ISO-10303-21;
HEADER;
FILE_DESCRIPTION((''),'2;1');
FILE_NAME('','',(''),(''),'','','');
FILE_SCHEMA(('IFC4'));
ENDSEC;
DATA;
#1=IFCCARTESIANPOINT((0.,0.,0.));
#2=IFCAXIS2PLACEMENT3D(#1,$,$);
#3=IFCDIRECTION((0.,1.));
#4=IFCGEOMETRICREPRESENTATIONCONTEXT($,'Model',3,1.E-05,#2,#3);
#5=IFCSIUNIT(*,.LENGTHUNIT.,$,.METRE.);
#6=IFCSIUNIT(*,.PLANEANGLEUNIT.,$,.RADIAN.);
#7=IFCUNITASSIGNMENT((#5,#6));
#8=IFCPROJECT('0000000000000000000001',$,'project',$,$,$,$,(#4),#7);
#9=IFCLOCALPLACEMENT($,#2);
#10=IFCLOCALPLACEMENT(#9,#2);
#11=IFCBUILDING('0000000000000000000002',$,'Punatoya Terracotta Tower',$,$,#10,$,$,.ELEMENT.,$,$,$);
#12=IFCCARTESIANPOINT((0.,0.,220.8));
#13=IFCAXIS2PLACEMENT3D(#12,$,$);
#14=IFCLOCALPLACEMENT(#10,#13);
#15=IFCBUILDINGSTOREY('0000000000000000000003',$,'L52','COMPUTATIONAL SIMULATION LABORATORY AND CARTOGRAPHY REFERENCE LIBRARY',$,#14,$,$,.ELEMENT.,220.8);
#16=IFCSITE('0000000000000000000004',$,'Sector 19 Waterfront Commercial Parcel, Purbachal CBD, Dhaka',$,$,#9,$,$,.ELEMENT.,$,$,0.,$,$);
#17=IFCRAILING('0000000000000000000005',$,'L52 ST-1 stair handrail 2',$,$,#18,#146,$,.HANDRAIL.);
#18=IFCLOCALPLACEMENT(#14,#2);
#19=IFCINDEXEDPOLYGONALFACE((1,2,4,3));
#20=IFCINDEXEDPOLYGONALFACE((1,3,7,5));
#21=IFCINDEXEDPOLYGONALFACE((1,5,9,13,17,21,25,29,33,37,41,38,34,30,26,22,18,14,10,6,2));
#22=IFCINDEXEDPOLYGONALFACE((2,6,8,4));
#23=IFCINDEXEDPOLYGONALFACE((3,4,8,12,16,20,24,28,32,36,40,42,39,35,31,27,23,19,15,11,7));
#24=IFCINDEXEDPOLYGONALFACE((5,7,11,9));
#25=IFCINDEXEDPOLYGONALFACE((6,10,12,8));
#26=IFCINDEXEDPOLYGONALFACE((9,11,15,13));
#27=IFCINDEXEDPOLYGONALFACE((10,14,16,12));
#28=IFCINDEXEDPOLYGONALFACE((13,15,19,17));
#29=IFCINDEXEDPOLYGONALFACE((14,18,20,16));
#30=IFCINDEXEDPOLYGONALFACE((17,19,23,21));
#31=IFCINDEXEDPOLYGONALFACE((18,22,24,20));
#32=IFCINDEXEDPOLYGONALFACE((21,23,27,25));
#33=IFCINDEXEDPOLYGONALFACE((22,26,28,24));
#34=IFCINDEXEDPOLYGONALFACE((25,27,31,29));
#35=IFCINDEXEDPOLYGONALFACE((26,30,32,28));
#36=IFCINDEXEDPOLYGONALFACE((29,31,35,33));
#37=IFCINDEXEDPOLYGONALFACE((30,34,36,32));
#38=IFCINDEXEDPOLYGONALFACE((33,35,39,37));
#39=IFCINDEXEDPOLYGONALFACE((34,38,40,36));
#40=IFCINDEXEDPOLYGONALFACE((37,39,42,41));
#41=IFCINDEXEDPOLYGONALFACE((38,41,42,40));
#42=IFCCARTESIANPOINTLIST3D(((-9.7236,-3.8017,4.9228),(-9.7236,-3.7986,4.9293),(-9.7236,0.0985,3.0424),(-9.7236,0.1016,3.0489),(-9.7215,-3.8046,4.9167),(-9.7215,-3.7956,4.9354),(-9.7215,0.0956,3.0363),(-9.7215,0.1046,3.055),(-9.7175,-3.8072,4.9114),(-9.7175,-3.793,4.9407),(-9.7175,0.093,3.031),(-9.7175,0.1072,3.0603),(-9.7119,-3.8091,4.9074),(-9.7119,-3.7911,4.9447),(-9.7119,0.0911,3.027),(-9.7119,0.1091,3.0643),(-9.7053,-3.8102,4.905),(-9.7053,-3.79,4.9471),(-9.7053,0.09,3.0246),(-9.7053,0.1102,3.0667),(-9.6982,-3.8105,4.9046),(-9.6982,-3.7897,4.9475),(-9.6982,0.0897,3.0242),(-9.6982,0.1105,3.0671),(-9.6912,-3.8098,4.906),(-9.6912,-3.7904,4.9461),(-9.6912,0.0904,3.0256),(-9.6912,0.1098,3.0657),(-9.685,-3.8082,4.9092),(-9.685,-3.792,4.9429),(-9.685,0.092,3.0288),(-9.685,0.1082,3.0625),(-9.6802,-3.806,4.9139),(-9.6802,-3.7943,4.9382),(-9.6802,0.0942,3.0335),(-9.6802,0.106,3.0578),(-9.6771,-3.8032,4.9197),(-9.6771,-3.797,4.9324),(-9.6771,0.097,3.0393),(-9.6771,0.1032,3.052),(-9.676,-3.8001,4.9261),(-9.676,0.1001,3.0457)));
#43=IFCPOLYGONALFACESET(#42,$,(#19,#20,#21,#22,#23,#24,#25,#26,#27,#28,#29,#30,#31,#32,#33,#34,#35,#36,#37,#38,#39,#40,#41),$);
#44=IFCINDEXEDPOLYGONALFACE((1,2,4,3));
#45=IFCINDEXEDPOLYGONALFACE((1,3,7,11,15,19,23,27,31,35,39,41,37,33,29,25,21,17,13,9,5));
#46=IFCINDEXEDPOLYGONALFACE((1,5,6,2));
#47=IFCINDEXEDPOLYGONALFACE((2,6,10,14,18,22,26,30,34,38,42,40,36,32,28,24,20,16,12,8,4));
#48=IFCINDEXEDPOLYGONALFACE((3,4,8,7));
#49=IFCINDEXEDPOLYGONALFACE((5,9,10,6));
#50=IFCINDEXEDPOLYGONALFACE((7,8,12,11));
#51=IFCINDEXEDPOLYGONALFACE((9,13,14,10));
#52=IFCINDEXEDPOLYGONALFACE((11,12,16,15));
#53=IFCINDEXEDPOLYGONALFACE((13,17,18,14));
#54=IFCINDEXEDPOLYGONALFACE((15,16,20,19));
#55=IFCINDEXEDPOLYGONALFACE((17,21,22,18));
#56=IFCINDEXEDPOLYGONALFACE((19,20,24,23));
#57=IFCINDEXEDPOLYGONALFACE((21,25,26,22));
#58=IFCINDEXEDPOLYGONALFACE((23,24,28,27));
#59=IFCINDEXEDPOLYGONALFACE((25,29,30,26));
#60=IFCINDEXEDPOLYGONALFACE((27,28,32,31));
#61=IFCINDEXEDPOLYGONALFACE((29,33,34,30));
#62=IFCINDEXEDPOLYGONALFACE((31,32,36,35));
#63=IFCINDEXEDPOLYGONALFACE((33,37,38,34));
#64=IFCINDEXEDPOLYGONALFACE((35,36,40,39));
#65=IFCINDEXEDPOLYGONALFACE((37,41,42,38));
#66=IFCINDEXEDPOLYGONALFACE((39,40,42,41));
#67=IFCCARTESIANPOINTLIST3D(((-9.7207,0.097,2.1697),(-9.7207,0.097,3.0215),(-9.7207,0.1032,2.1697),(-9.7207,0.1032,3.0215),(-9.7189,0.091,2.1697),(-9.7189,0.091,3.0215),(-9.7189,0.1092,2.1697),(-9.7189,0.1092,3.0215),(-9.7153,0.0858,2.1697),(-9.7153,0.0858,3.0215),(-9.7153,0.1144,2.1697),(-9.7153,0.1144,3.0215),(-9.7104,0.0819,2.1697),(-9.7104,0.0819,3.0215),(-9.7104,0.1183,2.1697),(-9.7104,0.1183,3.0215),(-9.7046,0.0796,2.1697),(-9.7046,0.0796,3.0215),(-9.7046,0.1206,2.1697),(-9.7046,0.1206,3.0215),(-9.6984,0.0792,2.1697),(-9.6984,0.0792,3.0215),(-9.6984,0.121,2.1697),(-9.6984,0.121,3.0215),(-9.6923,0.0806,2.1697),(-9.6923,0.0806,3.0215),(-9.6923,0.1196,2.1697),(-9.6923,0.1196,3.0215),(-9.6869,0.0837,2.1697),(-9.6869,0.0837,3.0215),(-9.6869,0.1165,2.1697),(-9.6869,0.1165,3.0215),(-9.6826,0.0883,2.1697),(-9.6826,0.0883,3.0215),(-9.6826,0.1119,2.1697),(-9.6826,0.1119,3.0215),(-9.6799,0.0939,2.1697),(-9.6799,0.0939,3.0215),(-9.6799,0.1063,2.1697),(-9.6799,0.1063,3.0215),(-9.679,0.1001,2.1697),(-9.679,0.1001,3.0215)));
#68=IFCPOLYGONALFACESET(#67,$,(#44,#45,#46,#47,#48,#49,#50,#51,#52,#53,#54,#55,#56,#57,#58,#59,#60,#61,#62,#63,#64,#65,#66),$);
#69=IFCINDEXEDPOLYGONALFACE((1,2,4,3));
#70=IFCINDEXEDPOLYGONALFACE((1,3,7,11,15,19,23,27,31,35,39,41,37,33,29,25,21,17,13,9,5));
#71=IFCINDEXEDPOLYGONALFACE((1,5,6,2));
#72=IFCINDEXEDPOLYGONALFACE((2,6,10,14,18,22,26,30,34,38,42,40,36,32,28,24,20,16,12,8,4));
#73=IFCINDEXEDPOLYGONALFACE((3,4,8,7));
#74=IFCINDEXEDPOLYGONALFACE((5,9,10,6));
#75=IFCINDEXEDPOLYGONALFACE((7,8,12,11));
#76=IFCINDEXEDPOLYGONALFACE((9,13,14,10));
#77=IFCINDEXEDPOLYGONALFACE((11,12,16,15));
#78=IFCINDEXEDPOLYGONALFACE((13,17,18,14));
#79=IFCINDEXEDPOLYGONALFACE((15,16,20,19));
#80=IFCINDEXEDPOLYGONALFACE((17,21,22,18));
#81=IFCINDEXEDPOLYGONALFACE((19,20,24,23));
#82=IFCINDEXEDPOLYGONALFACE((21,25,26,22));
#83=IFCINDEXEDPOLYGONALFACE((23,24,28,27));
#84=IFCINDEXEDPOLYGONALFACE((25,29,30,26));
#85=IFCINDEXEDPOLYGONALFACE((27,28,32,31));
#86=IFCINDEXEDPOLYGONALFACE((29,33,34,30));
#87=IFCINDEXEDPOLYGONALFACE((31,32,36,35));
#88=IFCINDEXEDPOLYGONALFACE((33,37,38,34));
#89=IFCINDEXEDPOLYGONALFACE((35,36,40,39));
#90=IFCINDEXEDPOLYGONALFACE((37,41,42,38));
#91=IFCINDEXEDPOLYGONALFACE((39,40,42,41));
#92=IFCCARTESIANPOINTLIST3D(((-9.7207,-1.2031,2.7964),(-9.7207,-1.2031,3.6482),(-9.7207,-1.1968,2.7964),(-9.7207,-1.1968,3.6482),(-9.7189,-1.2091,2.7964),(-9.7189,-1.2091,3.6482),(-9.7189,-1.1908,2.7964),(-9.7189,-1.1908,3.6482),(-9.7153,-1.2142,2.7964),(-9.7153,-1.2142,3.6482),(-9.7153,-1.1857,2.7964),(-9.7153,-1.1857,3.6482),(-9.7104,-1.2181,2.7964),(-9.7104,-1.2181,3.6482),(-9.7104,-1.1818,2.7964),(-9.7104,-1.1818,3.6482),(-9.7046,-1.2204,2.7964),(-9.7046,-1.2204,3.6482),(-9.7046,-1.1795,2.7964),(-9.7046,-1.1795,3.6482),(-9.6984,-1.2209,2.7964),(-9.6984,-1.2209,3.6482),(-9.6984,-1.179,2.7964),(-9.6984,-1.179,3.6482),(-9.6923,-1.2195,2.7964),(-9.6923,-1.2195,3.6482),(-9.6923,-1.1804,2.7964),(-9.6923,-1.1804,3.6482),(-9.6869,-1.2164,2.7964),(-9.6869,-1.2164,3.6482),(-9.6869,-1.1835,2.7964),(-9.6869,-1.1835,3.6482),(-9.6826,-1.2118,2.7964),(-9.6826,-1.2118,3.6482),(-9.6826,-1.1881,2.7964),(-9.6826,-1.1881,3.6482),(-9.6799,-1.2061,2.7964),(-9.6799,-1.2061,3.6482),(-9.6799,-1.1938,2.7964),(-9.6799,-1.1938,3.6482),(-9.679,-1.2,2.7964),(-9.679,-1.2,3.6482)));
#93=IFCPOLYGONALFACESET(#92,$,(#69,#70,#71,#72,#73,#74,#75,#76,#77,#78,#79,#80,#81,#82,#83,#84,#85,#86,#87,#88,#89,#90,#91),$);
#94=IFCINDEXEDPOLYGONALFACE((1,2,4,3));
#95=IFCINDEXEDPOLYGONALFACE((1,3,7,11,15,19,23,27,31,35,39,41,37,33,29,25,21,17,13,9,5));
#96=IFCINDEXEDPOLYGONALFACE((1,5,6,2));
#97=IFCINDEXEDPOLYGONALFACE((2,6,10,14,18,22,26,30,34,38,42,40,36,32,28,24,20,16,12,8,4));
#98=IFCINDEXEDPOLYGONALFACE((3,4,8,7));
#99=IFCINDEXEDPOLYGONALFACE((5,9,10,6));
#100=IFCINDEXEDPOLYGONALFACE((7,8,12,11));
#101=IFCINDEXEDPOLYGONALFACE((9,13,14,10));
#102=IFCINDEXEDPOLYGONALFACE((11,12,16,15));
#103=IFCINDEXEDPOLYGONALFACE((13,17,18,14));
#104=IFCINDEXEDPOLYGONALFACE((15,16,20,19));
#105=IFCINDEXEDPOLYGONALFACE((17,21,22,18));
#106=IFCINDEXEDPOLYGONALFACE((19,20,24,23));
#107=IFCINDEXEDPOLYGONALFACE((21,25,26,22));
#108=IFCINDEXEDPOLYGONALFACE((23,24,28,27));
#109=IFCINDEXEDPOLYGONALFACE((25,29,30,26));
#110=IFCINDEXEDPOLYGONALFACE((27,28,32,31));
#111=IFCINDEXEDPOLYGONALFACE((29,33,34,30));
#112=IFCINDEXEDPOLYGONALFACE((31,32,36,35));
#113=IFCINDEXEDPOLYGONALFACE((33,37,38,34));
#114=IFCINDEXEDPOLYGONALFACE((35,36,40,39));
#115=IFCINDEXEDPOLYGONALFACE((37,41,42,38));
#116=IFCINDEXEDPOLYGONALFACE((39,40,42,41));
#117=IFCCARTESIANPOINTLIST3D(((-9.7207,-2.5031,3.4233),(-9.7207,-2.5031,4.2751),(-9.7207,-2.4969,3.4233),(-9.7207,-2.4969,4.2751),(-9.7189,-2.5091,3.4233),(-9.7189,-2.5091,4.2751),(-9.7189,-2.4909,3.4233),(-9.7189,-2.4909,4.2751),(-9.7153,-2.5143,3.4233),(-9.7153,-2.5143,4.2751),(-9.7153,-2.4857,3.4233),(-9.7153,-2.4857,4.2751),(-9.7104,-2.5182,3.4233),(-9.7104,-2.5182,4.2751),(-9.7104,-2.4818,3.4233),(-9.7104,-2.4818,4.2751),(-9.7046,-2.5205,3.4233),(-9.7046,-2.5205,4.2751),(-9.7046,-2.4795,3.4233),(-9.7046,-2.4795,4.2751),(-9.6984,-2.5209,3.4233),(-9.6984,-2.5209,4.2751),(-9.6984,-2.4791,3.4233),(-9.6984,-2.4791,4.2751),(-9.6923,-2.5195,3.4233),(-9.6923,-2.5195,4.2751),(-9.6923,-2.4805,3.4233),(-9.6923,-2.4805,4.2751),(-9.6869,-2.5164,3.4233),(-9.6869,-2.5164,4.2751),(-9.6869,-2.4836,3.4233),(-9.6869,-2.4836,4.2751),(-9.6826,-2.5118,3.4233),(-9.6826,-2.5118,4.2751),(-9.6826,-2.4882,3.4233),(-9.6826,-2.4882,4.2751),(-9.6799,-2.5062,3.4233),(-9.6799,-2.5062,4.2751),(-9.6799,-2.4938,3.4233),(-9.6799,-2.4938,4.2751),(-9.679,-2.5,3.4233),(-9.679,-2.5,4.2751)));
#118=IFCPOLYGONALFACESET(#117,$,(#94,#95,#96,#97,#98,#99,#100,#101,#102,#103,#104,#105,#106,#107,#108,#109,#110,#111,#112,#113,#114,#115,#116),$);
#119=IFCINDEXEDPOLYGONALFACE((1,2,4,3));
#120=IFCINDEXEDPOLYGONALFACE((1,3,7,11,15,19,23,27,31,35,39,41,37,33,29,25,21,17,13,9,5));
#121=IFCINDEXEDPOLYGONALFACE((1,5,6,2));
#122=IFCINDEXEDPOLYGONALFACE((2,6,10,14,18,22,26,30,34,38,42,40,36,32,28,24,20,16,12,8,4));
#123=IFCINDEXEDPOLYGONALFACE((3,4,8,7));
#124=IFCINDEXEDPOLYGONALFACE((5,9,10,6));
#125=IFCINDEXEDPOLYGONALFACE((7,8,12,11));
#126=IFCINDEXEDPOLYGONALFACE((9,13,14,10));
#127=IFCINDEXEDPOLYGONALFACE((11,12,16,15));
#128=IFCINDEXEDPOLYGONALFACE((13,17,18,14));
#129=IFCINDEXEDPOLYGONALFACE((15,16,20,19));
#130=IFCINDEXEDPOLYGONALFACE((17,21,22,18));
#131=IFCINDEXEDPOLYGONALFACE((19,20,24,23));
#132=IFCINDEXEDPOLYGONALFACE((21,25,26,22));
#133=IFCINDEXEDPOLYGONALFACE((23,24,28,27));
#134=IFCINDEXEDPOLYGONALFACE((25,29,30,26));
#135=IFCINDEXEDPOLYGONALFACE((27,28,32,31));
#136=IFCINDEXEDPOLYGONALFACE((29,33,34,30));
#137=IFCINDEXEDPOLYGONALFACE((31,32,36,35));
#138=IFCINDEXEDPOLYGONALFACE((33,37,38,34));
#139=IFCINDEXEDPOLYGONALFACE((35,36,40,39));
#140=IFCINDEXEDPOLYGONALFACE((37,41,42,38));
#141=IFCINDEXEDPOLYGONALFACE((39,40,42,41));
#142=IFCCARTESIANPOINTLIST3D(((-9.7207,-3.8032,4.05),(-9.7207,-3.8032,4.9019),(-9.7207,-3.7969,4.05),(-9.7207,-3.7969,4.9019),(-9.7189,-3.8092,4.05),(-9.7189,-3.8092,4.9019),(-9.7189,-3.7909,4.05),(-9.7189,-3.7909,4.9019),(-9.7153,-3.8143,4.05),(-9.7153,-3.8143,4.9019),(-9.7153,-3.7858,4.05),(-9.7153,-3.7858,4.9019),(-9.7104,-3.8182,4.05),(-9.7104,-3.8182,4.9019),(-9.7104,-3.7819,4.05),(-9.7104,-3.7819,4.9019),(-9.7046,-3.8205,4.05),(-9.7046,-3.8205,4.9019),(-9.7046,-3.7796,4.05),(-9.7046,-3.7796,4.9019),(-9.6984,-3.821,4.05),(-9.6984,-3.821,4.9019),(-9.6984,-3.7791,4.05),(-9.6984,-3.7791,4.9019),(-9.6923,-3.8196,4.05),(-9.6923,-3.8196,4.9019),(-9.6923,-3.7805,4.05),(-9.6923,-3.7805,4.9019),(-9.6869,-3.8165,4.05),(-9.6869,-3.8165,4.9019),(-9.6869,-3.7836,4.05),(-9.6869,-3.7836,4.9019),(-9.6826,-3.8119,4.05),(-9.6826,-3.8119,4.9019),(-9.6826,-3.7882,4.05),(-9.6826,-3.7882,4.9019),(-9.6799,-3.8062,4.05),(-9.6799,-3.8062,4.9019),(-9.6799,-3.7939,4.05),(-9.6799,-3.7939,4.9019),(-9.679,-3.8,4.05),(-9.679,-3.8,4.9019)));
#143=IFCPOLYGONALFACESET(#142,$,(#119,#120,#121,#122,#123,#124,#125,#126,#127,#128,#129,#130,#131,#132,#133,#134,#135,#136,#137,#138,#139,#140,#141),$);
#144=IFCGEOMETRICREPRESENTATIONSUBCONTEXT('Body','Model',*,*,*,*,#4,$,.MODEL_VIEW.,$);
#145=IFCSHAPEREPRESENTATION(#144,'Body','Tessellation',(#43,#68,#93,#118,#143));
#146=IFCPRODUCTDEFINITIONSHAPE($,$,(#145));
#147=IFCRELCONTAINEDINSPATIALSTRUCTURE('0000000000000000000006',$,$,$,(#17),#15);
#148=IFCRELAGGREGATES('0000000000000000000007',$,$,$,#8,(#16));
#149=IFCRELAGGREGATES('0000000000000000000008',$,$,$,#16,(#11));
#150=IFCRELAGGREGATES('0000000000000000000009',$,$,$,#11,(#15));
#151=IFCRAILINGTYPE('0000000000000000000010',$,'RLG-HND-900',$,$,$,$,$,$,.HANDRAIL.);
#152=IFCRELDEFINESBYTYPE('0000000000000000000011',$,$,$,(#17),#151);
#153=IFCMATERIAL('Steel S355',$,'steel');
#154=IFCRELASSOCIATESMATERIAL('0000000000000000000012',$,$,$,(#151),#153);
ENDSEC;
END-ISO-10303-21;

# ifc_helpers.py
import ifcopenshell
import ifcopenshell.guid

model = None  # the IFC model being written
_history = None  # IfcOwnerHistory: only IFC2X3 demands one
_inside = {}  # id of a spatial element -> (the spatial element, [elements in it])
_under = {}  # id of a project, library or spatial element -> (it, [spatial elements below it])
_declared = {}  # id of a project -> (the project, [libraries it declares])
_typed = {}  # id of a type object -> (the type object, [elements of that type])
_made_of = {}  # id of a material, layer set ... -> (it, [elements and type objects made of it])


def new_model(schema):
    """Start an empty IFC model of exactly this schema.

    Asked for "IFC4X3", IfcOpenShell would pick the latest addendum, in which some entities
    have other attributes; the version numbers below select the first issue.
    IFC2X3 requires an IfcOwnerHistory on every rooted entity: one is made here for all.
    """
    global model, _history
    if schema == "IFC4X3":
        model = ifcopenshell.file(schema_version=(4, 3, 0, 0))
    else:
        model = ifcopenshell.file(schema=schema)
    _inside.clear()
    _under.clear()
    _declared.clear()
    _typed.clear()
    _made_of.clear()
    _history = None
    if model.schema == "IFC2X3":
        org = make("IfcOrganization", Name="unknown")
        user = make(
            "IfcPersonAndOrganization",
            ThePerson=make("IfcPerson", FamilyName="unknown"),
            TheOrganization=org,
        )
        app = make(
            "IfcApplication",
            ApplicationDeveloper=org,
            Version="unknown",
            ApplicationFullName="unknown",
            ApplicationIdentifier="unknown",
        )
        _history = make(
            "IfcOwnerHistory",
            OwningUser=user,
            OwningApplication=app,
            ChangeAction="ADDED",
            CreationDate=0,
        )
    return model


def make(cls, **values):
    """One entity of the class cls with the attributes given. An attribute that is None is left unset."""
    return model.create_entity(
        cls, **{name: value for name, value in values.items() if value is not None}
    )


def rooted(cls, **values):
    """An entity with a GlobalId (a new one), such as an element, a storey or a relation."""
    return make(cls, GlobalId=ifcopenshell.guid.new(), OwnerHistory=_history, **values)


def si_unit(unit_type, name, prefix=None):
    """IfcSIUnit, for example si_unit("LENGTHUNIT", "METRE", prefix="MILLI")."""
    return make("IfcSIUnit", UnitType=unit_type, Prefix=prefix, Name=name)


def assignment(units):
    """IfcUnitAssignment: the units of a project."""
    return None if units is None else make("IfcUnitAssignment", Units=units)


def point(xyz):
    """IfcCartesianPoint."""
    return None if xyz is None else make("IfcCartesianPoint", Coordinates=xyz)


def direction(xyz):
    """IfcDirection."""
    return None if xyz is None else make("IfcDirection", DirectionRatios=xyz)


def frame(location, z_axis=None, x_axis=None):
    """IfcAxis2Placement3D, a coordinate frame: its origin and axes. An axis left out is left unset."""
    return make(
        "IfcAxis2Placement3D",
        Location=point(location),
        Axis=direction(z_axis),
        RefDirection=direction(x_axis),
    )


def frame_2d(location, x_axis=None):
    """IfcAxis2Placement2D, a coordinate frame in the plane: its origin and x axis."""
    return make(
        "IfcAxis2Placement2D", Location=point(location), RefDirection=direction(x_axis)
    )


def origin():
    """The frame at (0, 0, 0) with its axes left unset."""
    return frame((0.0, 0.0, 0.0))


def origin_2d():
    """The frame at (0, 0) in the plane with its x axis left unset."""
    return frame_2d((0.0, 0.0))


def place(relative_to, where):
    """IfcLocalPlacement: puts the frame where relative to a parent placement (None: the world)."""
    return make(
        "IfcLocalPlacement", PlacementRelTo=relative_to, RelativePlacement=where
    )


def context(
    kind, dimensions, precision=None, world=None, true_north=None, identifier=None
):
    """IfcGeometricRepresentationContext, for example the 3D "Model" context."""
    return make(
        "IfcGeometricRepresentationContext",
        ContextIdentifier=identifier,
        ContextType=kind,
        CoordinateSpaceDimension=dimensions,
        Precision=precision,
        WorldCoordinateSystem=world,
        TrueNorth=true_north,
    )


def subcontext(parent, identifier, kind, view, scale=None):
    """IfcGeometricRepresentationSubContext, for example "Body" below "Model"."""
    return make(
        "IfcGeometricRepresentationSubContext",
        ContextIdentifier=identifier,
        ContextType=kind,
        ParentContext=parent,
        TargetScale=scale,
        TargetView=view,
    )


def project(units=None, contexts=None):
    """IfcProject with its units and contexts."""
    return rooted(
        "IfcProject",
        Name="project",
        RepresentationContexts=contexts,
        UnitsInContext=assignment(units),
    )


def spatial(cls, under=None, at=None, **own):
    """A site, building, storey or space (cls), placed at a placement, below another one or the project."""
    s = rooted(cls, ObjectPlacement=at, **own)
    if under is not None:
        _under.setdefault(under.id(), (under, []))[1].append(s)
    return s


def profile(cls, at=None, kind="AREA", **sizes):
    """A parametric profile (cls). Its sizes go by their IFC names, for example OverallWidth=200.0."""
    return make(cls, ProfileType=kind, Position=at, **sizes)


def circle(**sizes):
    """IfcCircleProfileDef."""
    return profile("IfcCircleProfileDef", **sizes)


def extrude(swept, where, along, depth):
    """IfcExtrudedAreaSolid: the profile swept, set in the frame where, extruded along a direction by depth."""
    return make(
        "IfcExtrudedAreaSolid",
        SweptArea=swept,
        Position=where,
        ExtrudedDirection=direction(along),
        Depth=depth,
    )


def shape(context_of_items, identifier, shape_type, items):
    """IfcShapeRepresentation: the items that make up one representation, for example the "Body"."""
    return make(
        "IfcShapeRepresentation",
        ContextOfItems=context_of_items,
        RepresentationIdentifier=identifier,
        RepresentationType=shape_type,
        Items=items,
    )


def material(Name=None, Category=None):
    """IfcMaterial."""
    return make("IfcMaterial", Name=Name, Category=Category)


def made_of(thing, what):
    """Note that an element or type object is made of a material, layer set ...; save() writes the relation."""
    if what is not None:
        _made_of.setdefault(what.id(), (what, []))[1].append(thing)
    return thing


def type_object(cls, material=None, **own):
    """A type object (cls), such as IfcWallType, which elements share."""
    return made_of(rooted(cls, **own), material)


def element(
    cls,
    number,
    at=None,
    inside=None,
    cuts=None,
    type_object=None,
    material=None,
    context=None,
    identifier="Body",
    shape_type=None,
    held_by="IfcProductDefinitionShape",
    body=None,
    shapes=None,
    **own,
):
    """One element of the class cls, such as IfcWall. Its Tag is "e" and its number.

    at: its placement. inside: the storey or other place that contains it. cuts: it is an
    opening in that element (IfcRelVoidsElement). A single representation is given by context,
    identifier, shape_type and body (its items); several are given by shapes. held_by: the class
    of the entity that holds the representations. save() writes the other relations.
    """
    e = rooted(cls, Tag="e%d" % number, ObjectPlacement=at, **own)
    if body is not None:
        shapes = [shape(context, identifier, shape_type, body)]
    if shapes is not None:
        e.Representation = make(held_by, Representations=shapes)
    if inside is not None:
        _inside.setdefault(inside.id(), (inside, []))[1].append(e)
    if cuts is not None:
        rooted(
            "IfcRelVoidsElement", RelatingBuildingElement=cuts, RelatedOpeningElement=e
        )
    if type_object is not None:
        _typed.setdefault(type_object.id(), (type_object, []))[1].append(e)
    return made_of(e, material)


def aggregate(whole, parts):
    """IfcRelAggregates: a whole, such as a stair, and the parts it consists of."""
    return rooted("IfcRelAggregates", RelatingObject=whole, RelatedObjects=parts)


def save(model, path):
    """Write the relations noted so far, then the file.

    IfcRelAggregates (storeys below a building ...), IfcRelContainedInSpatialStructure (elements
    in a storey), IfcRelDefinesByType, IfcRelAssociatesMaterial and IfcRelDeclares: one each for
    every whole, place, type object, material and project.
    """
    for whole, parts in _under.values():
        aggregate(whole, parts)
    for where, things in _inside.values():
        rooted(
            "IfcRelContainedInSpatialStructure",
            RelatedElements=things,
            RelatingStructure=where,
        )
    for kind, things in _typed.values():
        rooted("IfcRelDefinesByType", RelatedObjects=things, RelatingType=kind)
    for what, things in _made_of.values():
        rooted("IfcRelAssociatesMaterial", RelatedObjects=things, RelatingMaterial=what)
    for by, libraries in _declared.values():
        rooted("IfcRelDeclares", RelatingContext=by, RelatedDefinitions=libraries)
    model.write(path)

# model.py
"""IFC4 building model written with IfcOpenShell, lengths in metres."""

from ifc_helpers import new_model, si_unit, direction, frame, origin, origin_2d, place, context, subcontext, project, spatial, circle, extrude, material, type_object, element, save


model = new_model("IFC4")

# Units and contexts
model_context = context("Model", 3, precision=1e-05, world=origin(), true_north=direction((0.0, 1.0)))
body_context = subcontext(model_context, "Body", "Model", "MODEL_VIEW")
ifc_project = project(units=[si_unit("LENGTHUNIT", "METRE"), si_unit("PLANEANGLEUNIT", "RADIAN")], contexts=[model_context])

# Site, building, storey
site_placement = place(None, origin())
site = spatial("IfcSite", under=ifc_project, at=site_placement, Name="Sector 19 Waterfront Commercial Parcel, Purbachal CBD, Dhaka", CompositionType="ELEMENT", RefElevation=0.0)
building_placement = place(site_placement, origin())
building = spatial("IfcBuilding", under=site, at=building_placement, Name="Punatoya Terracotta Tower", CompositionType="ELEMENT")
storey_placement = place(building_placement, frame((0.0, 0.0, 220.8)))
storey = spatial("IfcBuildingStorey", under=building, at=storey_placement, Name="L52", Description="COMPUTATIONAL SIMULATION LABORATORY AND CARTOGRAPHY REFERENCE LIBRARY", CompositionType="ELEMENT", Elevation=220.8)

# Shared definitions
ifc_material_1 = material(Name="Steel S355", Category="steel")

# Railing
railing_type = type_object("IfcRailingType", Name="RLG-HND-900", PredefinedType="HANDRAIL", material=ifc_material_1)
railing_placement = place(storey_placement, frame((-9.7, 0.1001, 2.1697)))
element("IfcRailing", 1, at=railing_placement, inside=storey, type_object=railing_type, Name="L52 ST-1 stair handrail 2", PredefinedType="HANDRAIL", context=body_context, shape_type="SweptSolid", body=[
    extrude(circle(Radius=0.0239, at=origin_2d()), frame((0.0, 0.0, 0.876), z_axis=(0.0, -0.900774, 0.434289), x_axis=(1.0, 0.0, 0.0)), (0.0, 0.0, 1.0), 4.3298),
    extrude(circle(Radius=0.021, at=origin_2d()), origin(), (0.0, 0.0, 1.0), 0.8518),
    extrude(circle(Radius=0.021, at=origin_2d()), frame((0.0, -1.3, 0.6267)), (0.0, 0.0, 1.0), 0.8518),
    extrude(circle(Radius=0.021, at=origin_2d()), frame((0.0, -2.6001, 1.2537)), (0.0, 0.0, 1.0), 0.8518),
    extrude(circle(Radius=0.021, at=origin_2d()), frame((0.0, -3.9001, 1.8804)), (0.0, 0.0, 1.0), 0.8518),
])

save(model, "model.ifc")
